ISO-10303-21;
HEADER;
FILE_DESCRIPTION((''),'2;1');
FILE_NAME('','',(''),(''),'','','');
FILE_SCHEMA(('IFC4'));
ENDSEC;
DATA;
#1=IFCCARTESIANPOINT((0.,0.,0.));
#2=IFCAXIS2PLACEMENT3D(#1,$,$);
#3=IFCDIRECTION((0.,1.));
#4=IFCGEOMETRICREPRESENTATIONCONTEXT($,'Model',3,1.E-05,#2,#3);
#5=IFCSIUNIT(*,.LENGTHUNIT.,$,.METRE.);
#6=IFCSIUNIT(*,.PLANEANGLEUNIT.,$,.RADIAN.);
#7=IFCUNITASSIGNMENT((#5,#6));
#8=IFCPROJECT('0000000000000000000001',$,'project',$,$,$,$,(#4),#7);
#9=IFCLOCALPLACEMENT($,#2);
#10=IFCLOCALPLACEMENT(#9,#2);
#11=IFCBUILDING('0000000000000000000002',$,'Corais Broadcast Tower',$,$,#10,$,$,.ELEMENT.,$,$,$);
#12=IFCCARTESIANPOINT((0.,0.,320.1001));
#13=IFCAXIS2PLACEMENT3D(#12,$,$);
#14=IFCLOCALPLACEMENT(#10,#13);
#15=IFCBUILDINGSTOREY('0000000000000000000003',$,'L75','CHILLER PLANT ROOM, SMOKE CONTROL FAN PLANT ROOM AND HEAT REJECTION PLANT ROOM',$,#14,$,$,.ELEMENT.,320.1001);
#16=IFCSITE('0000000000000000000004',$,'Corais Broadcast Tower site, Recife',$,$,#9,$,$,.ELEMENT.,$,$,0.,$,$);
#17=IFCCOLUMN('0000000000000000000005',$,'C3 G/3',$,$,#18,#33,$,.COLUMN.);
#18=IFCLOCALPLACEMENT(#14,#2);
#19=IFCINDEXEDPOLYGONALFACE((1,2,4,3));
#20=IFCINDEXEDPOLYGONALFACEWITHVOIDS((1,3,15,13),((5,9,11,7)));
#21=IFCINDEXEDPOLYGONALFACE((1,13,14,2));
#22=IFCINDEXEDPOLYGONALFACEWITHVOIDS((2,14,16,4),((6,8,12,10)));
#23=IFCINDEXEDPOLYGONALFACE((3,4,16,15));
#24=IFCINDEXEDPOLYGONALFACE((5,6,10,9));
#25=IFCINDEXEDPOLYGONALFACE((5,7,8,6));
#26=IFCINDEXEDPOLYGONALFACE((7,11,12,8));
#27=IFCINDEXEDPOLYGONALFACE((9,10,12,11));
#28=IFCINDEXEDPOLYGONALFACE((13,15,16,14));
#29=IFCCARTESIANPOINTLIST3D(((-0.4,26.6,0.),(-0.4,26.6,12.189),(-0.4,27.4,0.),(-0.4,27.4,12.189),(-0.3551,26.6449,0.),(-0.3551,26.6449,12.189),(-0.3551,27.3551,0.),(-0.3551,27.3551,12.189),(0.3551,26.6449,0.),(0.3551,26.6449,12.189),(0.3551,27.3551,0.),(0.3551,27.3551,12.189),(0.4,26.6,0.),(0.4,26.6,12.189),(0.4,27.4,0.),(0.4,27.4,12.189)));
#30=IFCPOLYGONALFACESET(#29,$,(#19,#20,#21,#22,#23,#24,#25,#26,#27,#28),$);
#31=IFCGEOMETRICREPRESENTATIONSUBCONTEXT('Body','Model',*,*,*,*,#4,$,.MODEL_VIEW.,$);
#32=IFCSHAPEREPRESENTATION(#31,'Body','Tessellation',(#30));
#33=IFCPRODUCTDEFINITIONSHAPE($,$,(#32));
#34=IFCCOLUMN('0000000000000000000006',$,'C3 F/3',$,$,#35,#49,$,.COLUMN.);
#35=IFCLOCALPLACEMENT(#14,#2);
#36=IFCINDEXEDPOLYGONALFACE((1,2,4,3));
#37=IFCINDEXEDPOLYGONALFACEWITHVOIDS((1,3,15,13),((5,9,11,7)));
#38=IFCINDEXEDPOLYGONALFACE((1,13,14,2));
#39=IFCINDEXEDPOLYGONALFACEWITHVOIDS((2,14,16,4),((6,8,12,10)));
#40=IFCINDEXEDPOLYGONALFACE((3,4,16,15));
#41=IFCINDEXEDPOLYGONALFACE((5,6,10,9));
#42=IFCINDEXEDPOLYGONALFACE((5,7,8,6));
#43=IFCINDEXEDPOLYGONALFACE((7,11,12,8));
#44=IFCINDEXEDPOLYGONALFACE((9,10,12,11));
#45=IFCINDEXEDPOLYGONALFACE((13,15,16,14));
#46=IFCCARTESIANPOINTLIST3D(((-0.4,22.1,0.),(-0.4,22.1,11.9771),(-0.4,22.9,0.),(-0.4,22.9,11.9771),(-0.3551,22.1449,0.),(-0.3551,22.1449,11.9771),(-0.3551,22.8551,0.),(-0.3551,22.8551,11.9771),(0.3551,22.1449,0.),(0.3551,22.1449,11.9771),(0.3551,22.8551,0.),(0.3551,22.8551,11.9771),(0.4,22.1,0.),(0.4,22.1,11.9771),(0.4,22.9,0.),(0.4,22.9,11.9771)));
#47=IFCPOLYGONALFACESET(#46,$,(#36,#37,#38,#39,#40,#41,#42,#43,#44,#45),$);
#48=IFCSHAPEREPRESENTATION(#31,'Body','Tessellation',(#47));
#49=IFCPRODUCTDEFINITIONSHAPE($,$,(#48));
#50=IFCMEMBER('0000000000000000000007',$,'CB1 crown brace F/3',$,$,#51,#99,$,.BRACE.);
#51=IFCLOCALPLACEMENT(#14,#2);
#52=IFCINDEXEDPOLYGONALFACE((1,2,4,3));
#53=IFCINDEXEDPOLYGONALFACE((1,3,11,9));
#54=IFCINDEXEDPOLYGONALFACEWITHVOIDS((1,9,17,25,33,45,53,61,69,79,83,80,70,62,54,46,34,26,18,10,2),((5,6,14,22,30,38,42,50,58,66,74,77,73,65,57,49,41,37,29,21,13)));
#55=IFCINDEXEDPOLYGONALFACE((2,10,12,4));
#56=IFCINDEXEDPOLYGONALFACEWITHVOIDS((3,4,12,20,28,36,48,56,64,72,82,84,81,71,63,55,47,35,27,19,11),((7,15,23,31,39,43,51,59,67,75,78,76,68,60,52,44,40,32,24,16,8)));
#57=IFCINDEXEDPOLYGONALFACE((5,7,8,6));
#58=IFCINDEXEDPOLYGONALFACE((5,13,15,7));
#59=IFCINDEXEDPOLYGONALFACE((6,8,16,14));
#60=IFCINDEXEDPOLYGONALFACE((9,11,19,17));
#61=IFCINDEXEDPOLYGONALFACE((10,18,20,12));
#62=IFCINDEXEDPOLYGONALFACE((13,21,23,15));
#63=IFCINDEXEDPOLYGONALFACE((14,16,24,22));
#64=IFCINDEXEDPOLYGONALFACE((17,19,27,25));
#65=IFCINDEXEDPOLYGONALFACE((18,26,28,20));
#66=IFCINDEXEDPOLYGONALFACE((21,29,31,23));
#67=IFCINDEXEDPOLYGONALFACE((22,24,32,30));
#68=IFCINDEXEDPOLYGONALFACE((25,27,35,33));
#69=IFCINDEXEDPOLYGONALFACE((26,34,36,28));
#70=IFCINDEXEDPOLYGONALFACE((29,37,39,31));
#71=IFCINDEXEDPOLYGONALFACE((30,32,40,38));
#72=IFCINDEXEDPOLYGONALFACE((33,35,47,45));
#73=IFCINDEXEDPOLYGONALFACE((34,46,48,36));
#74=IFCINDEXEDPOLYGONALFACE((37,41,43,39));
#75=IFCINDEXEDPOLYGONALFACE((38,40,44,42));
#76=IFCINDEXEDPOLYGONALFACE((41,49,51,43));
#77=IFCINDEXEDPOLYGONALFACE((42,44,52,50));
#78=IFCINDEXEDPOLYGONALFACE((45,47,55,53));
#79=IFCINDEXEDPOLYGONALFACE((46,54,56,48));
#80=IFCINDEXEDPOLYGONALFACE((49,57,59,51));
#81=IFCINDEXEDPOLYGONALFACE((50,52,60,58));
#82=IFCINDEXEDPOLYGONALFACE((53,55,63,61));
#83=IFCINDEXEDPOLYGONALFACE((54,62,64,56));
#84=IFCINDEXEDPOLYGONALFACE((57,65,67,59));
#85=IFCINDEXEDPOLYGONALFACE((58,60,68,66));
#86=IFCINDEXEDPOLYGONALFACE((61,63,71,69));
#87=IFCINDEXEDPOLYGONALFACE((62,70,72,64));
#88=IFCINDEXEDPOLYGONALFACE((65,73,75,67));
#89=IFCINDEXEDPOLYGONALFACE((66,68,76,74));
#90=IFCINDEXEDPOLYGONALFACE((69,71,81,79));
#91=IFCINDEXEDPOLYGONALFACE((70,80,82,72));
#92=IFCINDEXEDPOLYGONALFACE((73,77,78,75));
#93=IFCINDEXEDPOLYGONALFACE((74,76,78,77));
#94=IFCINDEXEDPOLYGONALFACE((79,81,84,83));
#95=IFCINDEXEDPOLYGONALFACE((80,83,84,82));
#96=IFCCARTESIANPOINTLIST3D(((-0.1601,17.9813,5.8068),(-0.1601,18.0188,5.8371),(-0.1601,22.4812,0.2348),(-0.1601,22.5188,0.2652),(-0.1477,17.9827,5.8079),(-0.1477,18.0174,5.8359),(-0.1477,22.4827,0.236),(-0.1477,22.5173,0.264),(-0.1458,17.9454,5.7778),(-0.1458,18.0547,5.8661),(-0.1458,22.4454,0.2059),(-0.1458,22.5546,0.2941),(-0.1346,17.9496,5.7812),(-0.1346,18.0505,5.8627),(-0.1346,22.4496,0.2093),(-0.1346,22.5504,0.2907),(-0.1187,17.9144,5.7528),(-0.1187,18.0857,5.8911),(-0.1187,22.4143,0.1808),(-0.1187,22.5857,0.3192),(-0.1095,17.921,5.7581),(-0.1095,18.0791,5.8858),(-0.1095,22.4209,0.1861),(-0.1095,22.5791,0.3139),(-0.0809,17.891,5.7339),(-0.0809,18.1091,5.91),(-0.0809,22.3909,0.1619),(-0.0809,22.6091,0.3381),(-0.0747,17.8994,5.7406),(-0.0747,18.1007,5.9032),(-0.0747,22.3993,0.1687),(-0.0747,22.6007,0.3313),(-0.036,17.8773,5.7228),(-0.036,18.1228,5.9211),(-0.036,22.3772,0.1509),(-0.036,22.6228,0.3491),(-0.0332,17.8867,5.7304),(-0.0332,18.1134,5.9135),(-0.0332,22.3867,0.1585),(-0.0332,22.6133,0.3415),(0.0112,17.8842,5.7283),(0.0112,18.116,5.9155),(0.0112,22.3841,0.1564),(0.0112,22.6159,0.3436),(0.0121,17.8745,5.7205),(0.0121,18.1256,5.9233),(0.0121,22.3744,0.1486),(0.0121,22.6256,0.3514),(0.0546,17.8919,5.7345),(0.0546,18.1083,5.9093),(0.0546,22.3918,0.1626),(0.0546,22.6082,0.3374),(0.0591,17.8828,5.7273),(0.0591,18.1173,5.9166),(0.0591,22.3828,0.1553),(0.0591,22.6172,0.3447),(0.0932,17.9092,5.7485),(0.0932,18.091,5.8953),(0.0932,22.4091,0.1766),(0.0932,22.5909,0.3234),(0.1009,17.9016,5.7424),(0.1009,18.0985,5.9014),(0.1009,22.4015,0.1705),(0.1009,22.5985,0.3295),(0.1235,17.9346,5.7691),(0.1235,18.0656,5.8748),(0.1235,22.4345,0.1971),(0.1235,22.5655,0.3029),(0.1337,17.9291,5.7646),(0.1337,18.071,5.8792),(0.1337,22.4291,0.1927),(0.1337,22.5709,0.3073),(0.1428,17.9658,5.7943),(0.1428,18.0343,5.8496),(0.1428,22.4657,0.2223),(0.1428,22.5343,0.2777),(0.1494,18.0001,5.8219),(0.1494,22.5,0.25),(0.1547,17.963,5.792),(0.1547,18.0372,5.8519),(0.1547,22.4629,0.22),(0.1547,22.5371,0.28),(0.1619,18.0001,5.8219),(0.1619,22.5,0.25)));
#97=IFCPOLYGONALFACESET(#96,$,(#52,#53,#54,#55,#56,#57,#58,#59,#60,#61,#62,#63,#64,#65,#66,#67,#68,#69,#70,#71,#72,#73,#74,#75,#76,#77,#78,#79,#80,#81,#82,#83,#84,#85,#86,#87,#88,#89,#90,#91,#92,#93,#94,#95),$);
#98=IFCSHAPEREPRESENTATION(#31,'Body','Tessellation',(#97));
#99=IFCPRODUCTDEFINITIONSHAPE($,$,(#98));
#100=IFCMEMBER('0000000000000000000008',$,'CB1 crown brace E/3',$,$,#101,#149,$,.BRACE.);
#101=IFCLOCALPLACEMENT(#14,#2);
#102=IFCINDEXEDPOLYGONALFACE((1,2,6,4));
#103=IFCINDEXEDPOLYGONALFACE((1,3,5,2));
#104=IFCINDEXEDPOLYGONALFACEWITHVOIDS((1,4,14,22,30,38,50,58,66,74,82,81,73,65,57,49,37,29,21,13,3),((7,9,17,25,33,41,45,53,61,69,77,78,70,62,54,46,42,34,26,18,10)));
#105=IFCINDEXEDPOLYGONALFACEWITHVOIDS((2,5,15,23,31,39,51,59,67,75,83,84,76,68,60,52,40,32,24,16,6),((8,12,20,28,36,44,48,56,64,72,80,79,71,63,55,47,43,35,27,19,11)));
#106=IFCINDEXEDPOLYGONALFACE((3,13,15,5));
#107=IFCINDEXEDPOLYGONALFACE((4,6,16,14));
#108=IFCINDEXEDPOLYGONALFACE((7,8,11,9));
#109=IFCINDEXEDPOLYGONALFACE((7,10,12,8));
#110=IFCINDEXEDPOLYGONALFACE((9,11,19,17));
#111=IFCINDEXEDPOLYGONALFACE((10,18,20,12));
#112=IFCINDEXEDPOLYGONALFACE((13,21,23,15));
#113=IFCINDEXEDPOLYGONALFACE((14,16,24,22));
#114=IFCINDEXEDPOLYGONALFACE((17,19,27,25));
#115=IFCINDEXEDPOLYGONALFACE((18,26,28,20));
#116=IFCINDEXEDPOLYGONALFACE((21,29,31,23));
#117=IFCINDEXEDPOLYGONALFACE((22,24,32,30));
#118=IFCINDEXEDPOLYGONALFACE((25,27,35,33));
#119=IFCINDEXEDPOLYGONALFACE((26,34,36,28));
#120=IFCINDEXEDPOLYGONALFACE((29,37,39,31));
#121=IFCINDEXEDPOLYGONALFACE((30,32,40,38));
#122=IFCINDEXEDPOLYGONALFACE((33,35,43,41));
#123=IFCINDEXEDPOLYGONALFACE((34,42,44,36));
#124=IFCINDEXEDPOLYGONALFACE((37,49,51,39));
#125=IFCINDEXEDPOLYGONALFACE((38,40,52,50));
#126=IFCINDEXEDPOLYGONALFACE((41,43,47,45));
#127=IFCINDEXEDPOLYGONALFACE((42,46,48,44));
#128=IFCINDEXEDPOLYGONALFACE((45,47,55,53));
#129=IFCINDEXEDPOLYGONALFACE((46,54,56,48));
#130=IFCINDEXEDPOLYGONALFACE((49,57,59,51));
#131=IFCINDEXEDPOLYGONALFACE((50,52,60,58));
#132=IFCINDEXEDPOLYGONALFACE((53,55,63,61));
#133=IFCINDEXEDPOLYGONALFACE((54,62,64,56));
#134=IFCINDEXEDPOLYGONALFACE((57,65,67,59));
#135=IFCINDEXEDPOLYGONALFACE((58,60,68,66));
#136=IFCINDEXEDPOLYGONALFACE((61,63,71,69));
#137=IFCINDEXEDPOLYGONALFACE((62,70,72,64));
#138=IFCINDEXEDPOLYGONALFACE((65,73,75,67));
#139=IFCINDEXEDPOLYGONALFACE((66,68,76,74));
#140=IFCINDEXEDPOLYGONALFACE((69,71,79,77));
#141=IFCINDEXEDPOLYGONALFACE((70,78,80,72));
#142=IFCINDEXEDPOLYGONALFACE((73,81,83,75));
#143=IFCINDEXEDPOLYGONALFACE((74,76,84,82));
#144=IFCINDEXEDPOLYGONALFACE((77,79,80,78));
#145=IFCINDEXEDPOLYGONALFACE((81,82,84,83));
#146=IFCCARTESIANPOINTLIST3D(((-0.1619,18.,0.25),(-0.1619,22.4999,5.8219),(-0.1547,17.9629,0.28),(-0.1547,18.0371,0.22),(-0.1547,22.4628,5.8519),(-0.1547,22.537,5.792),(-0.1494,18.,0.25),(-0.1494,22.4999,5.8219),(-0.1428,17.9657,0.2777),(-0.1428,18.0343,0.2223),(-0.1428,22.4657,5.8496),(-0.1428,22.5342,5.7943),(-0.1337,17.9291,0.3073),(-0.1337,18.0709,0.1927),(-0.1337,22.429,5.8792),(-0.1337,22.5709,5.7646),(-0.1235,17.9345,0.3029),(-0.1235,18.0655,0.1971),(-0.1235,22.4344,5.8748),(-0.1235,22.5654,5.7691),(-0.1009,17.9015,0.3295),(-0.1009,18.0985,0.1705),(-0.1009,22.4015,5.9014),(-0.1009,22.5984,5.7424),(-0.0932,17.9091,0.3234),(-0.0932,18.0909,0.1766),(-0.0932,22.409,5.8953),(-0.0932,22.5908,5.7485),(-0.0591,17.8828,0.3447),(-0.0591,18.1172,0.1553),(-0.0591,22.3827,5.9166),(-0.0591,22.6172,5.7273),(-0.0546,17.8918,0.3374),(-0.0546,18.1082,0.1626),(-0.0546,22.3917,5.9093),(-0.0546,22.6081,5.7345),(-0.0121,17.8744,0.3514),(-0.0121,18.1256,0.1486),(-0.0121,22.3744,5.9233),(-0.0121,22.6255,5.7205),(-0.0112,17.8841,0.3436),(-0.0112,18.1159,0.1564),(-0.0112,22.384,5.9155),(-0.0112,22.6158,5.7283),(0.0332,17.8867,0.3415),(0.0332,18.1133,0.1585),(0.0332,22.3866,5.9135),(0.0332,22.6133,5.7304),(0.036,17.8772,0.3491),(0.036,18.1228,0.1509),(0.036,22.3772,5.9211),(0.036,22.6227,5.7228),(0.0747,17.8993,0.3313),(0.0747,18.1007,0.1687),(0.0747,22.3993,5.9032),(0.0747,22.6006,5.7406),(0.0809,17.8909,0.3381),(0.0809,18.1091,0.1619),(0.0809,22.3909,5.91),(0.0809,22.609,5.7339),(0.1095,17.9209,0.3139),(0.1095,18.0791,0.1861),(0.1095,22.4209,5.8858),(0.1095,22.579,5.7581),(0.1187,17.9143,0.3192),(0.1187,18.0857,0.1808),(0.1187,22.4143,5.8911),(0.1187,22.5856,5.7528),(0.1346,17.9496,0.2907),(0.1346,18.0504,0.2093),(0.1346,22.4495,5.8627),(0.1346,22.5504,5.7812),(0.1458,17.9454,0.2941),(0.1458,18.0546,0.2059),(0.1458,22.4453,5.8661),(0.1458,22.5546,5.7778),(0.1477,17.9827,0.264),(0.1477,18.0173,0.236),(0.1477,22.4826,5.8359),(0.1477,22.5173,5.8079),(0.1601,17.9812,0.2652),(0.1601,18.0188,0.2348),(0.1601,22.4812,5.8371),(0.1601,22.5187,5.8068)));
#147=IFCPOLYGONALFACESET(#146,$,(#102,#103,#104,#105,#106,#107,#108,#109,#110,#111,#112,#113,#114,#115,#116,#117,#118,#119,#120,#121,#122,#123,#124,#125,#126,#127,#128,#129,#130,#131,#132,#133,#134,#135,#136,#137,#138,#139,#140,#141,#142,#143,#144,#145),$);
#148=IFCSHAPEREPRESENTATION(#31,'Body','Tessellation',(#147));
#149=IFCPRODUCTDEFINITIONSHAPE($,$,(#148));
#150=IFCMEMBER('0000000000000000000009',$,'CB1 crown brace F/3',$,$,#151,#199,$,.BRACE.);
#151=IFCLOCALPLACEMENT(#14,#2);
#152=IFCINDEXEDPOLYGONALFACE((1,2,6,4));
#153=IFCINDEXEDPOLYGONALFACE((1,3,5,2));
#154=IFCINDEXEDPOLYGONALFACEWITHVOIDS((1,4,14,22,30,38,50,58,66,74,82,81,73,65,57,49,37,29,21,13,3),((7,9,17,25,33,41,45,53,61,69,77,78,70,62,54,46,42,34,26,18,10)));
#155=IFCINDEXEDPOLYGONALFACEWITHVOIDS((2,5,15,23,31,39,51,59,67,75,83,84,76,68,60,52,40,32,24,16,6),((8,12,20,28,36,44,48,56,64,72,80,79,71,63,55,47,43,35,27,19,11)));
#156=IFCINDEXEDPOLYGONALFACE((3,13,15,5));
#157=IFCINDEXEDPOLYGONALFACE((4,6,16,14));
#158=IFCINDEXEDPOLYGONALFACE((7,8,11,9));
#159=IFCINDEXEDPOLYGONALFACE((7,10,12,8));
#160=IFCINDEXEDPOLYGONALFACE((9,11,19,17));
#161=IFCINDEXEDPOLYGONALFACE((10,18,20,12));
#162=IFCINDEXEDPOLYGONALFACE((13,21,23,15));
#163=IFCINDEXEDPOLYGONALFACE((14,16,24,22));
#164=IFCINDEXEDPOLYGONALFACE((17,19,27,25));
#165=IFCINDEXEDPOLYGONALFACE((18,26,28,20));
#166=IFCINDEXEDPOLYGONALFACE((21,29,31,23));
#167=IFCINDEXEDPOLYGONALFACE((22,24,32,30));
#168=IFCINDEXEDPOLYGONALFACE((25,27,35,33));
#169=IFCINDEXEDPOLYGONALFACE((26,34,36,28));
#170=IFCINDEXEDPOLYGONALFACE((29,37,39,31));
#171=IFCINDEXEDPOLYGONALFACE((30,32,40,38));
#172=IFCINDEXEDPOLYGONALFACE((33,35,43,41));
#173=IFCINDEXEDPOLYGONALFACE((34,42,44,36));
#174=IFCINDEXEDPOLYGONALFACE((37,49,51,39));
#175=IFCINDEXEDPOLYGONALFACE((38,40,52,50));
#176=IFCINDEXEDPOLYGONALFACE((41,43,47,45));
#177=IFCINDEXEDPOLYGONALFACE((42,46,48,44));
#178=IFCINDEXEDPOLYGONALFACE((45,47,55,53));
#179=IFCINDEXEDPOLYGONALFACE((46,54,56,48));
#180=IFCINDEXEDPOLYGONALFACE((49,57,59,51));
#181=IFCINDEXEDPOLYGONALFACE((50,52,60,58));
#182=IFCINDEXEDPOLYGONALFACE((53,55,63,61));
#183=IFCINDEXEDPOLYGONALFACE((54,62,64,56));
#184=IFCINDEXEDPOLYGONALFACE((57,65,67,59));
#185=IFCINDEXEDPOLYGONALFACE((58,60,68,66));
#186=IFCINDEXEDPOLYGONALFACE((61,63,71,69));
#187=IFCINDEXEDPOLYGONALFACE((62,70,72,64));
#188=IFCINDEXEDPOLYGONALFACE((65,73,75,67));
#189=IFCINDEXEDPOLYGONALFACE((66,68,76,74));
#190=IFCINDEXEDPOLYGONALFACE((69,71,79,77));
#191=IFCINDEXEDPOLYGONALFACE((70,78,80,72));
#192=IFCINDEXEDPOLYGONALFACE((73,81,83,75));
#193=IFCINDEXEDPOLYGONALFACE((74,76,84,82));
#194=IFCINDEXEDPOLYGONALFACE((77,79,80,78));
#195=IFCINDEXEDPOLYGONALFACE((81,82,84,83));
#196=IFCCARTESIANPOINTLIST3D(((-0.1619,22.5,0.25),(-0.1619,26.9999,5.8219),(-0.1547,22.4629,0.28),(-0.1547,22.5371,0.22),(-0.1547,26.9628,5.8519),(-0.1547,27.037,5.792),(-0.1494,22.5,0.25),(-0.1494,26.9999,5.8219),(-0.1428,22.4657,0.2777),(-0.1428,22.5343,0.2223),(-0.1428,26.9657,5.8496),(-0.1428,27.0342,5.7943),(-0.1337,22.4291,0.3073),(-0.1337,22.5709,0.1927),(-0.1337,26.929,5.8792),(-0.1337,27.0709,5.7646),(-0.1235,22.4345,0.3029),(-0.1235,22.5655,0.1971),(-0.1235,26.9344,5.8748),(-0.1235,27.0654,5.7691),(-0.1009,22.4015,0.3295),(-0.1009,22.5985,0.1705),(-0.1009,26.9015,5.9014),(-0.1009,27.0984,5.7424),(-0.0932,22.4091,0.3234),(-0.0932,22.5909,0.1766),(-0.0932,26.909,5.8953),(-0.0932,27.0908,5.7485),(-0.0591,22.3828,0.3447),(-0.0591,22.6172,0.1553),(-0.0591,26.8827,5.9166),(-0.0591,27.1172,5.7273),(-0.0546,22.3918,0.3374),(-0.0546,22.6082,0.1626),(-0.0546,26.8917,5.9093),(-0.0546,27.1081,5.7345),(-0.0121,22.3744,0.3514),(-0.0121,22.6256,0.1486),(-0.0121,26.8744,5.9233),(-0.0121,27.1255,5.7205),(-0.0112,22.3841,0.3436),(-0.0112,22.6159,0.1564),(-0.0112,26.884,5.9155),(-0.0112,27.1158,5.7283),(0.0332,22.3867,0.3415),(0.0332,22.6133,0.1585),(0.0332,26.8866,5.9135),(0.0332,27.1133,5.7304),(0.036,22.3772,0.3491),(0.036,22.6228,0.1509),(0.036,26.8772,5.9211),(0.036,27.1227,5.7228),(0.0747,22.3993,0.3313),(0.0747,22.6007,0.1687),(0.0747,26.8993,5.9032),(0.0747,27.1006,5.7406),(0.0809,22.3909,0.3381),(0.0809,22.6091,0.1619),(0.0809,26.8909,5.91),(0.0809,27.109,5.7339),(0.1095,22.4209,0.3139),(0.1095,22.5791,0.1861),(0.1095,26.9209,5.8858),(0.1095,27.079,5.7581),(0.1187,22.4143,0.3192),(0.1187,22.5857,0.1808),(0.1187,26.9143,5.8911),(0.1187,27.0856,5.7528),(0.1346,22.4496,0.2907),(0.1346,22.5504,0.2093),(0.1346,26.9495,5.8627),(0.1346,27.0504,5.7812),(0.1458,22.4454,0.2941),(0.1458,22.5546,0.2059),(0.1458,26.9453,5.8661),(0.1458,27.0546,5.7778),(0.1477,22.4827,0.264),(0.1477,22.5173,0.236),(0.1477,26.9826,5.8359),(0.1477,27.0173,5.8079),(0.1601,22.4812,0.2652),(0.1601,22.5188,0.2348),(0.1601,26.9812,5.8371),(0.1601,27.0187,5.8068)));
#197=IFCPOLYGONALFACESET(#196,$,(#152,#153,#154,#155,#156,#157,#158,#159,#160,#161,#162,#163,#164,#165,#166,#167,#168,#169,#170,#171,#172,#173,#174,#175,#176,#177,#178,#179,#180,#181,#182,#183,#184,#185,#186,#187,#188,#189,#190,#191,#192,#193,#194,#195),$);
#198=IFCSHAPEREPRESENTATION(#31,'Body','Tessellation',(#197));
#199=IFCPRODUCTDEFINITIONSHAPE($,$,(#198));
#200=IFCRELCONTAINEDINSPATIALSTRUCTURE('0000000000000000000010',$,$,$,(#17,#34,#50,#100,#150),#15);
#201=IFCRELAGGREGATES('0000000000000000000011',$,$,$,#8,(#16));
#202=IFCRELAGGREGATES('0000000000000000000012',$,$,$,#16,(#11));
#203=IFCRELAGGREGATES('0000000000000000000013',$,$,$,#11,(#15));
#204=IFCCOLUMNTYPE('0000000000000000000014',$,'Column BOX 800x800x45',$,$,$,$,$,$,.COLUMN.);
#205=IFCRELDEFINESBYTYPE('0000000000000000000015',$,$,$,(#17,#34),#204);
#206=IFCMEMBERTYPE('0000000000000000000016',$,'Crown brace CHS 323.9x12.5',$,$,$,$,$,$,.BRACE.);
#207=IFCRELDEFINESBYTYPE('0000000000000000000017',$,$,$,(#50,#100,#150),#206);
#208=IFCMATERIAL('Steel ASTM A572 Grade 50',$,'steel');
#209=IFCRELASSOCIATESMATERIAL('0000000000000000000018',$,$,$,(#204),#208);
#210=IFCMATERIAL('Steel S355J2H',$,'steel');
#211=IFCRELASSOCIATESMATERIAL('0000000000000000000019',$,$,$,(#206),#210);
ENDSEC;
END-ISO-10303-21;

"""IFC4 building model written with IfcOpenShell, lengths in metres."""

from ifc_helpers import new_model, si_unit, direction, frame, origin, origin_2d, place, context, subcontext, project, spatial, hollow_rectangle, hollow_circle, extrude, material, material_profile, profile_set, type_object, element, save


model = new_model("IFC4")

# Units and contexts
model_context = context("Model", 3, precision=1e-05, world=origin(), true_north=direction((0.0, 1.0)))
body_context = subcontext(model_context, "Body", "Model", "MODEL_VIEW")
ifc_project = project(units=[si_unit("LENGTHUNIT", "METRE"), si_unit("PLANEANGLEUNIT", "RADIAN")], contexts=[model_context])

# Site, building, storey
site_placement = place(None, origin())
site = spatial("IfcSite", under=ifc_project, at=site_placement, Name="Corais Broadcast Tower site, Recife", CompositionType="ELEMENT", RefElevation=0.0)
building_placement = place(site_placement, origin())
building = spatial("IfcBuilding", under=site, at=building_placement, Name="Corais Broadcast Tower", CompositionType="ELEMENT")
storey_placement = place(building_placement, frame((0.0, 0.0, 320.1001)))
storey = spatial("IfcBuildingStorey", under=building, at=storey_placement, Name="L75", Description="CHILLER PLANT ROOM, SMOKE CONTROL FAN PLANT ROOM AND HEAT REJECTION PLANT ROOM", CompositionType="ELEMENT", Elevation=320.1001)

# Columns
ifc_material_1 = material(Name="Steel ASTM A572 Grade 50", Category="steel")
ifc_material_profile_1 = material_profile(ifc_material_1, hollow_rectangle(XDim=0.8, YDim=0.8, WallThickness=0.0449, at=origin_2d()), Name="BOX 800x800x45")
ifc_profile_set_1 = profile_set([ifc_material_profile_1], Name="Steel ASTM A572 Grade 50")
column_type = type_object("IfcColumnType", Name="Column BOX 800x800x45", PredefinedType="COLUMN", material=ifc_profile_set_1)
column_1_placement = place(storey_placement, frame((0.0, 27.0, 0.0), z_axis=(0.0, 0.0, 1.0), x_axis=(1.0, 0.0, 0.0)))
element("IfcColumn", 1, at=column_1_placement, inside=storey, type_object=column_type, Name="C3 G/3", PredefinedType="COLUMN", context=body_context, shape_type="SweptSolid", body=[
    extrude(hollow_rectangle(XDim=0.8, YDim=0.8, WallThickness=0.0449, at=origin_2d()), origin(), (0.0, 0.0, 1.0), 12.189),
])
column_2_placement = place(storey_placement, frame((0.0, 22.5, 0.0), z_axis=(0.0, 0.0, 1.0), x_axis=(1.0, 0.0, 0.0)))
element("IfcColumn", 2, at=column_2_placement, inside=storey, type_object=column_type, Name="C3 F/3", PredefinedType="COLUMN", context=body_context, shape_type="SweptSolid", body=[
    extrude(hollow_rectangle(XDim=0.8, YDim=0.8, WallThickness=0.0449, at=origin_2d()), origin(), (0.0, 0.0, 1.0), 11.9771),
])

# Members
ifc_material_2 = material(Name="Steel S355J2H", Category="steel")
ifc_material_profile_2 = material_profile(ifc_material_2, hollow_circle(Radius=0.1619, WallThickness=0.0125, at=origin_2d()), Name="CHS 323.9x12.5")
ifc_profile_set_2 = profile_set([ifc_material_profile_2], Name="Steel S355J2H")
member_type = type_object("IfcMemberType", Name="Crown brace CHS 323.9x12.5", PredefinedType="BRACE", material=ifc_profile_set_2)
for number, where, z_axis, x_axis, name in (
    (3, (0.0, 22.5, 0.25), (0.0, -0.628297, 0.777974), (1.0, 0.0, 0.0), "CB1 crown brace F/3"),
    (4, (0.0, 18.0, 0.25), (0.0, 0.628297, 0.777974), (-1.0, 0.0, 0.0), "CB1 crown brace E/3"),
    (5, (0.0, 22.5, 0.25), (0.0, 0.628297, 0.777974), (-1.0, 0.0, 0.0), "CB1 crown brace F/3"),
):
    element("IfcMember", number, at=place(storey_placement, frame(where, z_axis=z_axis, x_axis=x_axis)), inside=storey, type_object=member_type, Name=name, PredefinedType="BRACE", context=body_context, shape_type="SweptSolid", body=[
        extrude(hollow_circle(Radius=0.1619, WallThickness=0.0125, at=origin_2d()), origin(), (0.0, 0.0, 1.0), 7.1621),
    ])

save(model, "model.ifc")
